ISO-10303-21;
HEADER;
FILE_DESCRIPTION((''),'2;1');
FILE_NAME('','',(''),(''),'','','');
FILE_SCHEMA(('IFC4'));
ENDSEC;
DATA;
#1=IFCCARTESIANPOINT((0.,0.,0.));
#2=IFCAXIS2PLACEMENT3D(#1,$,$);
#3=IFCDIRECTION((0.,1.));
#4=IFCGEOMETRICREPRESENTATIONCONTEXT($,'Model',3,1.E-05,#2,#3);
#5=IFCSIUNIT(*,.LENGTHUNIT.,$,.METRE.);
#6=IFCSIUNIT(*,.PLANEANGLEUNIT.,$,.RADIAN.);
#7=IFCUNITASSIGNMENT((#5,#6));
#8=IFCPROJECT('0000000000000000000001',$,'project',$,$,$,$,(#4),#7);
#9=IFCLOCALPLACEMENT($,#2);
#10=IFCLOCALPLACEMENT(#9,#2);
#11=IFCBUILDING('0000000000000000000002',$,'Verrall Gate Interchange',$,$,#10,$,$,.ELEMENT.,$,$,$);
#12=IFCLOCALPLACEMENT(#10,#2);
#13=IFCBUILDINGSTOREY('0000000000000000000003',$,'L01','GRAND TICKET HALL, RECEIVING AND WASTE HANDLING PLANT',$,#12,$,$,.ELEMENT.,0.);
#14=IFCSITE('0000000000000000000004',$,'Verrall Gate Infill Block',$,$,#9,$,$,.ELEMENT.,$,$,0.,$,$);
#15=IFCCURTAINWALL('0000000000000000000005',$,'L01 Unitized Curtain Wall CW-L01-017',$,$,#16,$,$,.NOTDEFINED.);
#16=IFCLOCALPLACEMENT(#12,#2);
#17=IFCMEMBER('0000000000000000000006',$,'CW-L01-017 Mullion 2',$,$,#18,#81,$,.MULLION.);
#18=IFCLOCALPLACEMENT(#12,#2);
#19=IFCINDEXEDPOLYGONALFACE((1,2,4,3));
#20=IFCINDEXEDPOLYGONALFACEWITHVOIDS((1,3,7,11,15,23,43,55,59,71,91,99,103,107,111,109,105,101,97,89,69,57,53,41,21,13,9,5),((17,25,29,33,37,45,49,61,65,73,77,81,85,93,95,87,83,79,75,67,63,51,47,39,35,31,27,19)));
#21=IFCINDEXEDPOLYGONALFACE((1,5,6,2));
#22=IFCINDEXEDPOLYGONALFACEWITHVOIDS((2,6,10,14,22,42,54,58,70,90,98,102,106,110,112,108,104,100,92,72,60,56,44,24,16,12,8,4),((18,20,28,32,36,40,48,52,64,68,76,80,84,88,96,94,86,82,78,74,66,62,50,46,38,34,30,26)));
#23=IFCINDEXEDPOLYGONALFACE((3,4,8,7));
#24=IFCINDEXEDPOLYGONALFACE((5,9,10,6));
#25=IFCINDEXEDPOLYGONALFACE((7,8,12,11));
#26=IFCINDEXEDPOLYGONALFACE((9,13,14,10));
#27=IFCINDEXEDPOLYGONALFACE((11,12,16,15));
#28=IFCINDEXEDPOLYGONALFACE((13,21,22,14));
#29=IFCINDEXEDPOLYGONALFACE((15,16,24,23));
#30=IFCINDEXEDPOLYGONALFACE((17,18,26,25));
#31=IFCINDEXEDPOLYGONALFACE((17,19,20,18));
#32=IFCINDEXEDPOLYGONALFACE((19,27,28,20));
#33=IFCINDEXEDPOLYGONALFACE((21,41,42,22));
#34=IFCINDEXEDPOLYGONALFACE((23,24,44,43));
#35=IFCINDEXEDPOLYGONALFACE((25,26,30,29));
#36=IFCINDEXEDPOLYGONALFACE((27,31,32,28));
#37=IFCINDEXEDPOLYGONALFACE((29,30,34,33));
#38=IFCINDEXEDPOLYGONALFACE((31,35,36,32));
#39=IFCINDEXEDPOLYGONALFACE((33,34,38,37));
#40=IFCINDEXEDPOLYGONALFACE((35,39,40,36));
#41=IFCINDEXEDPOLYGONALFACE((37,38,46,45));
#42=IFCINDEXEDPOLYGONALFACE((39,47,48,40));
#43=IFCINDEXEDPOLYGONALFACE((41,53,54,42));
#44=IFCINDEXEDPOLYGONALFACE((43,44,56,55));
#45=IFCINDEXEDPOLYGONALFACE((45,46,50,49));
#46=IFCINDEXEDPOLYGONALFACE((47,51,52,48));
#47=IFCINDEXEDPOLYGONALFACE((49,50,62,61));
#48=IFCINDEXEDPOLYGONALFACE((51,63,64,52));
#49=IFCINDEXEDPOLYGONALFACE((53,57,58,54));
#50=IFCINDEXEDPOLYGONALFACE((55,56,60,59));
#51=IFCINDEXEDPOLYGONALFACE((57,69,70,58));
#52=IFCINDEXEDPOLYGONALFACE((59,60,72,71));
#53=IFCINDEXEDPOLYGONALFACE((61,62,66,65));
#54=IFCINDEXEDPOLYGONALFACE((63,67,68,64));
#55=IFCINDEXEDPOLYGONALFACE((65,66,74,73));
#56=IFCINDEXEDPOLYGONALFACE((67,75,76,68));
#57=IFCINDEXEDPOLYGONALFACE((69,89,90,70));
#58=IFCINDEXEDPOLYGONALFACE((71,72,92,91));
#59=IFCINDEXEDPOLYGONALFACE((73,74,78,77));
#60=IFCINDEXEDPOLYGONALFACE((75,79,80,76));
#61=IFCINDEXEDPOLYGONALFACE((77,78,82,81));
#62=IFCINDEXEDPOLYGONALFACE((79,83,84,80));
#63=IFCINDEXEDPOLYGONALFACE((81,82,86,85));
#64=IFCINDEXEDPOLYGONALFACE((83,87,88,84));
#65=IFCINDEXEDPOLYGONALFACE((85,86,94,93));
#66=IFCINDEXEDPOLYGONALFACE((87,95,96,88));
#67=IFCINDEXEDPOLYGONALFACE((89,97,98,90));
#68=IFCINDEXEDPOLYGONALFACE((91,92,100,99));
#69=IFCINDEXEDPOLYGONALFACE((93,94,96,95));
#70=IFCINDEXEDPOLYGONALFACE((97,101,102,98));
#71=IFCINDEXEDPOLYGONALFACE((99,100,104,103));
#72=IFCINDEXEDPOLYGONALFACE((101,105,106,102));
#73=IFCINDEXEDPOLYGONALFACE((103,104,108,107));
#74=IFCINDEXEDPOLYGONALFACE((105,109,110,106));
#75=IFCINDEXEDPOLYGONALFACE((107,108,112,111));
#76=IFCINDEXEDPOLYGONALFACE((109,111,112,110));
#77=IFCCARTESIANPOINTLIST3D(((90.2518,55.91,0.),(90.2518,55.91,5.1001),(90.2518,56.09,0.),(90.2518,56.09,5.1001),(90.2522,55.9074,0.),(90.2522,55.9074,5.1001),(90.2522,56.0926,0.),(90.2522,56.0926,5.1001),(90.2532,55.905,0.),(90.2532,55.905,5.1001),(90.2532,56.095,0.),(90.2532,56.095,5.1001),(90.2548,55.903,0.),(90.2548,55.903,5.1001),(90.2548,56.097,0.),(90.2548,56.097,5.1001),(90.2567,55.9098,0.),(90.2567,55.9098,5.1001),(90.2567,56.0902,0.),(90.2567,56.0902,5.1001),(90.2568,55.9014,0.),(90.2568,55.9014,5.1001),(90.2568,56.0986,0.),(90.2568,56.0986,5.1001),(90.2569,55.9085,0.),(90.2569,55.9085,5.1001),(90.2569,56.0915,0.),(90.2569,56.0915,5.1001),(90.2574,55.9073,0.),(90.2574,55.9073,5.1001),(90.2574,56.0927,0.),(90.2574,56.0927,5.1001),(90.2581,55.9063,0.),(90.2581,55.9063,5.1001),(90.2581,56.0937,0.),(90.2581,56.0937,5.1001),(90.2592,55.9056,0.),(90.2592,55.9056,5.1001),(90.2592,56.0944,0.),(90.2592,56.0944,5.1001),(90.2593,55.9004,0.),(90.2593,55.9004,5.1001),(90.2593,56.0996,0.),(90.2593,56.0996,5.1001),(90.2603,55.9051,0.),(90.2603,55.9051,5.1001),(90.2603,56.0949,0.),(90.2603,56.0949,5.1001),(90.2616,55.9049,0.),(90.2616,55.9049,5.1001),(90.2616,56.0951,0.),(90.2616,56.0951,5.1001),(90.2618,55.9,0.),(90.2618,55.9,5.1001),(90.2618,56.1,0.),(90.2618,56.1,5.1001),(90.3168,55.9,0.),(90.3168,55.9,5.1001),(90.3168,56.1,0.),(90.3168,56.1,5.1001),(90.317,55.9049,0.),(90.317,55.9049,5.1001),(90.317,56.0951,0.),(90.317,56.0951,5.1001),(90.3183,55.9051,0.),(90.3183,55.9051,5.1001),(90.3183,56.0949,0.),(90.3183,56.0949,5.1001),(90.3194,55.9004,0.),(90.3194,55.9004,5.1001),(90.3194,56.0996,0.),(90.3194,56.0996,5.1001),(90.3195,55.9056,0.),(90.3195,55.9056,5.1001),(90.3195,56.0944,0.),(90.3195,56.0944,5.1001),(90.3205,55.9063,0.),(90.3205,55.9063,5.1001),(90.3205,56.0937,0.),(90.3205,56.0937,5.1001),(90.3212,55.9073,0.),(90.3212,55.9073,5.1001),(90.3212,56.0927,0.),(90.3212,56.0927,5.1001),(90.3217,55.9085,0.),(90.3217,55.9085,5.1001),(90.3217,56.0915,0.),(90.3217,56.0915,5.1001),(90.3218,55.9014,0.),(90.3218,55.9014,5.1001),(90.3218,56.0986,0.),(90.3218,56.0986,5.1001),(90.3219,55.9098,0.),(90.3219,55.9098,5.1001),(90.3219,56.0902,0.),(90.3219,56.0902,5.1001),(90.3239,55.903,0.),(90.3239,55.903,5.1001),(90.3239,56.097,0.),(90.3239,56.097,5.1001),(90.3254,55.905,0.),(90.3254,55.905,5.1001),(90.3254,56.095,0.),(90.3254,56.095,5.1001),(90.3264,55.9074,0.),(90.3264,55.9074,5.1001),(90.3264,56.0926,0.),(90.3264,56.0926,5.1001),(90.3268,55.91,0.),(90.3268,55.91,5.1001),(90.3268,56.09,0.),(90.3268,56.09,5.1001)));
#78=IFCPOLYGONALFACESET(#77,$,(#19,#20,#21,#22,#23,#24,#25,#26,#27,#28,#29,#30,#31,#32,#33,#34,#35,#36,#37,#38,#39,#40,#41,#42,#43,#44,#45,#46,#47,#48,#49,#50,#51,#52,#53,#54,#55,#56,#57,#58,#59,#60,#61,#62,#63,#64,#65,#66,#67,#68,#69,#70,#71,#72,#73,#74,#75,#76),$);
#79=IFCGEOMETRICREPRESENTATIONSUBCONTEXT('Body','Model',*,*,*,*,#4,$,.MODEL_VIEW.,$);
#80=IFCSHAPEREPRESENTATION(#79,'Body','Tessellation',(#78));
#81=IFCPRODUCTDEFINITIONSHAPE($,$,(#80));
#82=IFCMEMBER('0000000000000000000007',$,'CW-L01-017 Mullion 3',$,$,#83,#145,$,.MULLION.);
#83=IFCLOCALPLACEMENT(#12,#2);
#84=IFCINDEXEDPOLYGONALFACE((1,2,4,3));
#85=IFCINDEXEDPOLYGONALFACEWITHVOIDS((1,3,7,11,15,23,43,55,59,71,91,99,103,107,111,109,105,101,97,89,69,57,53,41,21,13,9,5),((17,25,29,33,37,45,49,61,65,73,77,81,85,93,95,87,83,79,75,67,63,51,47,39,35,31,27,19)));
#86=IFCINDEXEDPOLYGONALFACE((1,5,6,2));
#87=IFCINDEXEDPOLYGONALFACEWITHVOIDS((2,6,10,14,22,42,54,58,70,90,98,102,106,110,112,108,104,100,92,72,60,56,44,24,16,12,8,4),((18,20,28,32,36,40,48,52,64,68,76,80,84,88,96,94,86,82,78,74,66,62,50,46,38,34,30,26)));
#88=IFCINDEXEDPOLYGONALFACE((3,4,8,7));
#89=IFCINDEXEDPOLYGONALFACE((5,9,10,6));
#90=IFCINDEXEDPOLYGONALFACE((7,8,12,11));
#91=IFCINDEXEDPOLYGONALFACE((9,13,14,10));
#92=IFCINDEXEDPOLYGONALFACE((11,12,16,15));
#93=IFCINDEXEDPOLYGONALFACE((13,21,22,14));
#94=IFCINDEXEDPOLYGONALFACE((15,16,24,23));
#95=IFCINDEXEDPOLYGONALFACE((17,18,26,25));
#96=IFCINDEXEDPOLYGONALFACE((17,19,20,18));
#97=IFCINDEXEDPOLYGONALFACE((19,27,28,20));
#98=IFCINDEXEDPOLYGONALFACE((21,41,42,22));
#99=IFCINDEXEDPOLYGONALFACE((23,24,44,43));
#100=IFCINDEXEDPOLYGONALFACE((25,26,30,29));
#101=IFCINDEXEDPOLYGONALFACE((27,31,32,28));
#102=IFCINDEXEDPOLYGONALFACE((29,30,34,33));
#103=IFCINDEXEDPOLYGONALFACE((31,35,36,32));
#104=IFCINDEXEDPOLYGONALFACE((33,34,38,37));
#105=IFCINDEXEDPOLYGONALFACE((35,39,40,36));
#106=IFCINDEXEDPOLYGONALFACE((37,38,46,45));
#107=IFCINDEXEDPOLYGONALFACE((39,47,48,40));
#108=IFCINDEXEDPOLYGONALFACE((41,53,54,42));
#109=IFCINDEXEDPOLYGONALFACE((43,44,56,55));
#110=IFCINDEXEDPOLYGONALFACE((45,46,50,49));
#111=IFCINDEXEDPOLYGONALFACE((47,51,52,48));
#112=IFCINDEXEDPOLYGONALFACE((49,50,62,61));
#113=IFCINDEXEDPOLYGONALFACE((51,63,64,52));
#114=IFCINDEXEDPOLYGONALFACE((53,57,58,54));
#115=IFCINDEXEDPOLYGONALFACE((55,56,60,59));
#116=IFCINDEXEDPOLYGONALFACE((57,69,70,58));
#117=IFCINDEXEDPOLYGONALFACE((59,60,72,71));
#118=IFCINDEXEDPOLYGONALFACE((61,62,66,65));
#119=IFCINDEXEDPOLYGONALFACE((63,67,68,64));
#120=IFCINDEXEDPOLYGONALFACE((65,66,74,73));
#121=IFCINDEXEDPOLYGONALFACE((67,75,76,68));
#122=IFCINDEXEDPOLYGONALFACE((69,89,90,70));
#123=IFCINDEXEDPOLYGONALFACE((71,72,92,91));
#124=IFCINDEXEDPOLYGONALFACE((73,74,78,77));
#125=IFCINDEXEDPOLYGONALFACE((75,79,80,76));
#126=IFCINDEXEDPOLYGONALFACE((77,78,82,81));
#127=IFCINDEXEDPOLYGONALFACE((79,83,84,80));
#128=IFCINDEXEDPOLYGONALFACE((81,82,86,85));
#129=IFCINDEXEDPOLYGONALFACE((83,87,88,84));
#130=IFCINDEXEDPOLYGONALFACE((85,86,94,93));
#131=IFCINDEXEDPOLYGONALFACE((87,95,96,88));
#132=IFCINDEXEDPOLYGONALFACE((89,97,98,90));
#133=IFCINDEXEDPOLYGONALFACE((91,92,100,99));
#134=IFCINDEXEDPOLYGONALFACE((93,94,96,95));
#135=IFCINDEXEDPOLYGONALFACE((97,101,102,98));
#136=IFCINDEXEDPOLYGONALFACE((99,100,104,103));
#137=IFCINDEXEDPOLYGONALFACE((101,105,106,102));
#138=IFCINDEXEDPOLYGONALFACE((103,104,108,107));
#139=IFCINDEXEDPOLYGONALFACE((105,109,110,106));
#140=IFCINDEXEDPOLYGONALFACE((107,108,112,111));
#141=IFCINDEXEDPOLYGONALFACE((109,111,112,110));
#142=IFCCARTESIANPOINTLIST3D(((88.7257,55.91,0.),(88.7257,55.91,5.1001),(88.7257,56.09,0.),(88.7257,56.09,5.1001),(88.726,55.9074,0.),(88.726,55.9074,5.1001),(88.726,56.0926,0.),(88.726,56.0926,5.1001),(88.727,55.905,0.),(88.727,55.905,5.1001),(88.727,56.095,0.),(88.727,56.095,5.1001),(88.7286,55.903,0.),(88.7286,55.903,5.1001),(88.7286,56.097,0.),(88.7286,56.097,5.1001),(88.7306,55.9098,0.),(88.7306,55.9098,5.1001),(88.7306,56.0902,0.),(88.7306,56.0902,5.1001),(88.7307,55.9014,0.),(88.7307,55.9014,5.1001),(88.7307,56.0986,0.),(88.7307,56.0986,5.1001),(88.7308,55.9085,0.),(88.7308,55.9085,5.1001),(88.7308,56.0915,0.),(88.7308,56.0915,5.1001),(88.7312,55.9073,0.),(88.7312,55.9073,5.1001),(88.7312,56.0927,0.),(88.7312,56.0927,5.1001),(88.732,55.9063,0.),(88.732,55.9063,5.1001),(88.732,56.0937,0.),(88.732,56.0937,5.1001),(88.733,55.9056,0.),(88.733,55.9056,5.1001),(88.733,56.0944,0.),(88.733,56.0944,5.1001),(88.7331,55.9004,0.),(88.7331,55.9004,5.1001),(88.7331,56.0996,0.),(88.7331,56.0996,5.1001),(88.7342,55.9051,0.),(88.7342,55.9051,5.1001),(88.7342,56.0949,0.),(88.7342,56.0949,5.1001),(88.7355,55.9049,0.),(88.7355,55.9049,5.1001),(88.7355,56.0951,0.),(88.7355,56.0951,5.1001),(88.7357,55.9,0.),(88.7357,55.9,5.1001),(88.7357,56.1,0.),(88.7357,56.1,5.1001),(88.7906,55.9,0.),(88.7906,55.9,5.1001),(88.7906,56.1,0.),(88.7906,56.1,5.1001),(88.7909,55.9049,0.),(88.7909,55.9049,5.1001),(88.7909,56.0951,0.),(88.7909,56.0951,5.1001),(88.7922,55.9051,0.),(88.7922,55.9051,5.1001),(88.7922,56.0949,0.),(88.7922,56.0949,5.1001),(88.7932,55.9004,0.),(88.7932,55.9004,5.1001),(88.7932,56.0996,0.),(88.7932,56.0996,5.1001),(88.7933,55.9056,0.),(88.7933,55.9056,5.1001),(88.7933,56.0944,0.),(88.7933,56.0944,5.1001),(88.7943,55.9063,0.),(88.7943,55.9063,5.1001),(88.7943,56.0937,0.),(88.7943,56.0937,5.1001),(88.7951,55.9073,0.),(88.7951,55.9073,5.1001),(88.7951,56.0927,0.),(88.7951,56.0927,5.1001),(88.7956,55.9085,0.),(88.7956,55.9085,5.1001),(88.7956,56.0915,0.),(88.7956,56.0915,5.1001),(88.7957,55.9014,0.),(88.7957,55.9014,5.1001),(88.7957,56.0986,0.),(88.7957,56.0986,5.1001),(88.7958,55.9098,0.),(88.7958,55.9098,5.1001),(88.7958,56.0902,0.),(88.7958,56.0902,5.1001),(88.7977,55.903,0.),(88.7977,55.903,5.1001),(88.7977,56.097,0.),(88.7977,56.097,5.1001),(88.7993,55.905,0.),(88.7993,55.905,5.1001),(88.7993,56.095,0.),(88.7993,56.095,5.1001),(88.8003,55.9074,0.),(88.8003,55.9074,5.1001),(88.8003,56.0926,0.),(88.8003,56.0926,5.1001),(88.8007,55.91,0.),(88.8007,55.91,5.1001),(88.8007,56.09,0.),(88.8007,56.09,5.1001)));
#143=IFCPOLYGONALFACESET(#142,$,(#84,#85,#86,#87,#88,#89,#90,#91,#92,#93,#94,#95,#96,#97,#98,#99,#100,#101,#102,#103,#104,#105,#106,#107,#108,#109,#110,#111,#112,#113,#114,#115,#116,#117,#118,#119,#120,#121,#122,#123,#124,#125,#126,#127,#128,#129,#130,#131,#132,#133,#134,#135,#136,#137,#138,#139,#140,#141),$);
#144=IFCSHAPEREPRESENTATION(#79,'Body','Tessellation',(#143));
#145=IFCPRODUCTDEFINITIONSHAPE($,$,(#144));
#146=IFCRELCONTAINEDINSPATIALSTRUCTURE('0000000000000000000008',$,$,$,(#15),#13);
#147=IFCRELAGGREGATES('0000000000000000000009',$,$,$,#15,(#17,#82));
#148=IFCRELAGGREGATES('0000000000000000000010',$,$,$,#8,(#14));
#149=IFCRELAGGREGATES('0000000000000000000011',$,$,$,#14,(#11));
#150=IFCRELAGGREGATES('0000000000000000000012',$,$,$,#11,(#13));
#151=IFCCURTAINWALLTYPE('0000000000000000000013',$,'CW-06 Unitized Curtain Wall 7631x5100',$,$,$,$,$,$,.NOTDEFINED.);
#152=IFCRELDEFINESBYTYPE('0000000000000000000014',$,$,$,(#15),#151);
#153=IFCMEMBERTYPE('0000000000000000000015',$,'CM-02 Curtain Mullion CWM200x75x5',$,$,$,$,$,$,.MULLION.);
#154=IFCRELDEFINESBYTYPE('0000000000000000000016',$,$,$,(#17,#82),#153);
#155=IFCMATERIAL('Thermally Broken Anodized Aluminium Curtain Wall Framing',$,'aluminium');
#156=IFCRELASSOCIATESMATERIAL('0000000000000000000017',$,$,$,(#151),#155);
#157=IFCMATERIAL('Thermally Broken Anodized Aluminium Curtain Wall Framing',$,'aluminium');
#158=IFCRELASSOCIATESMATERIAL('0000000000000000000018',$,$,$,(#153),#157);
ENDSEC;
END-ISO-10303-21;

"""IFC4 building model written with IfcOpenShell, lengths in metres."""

from ifc_helpers import new_model, si_unit, direction, frame, origin, origin_2d, place, context, subcontext, project, spatial, hollow_rectangle, extrude, material, material_profile, profile_set, type_object, element, aggregate, save


model = new_model("IFC4")

# Units and contexts
model_context = context("Model", 3, precision=1e-05, world=origin(), true_north=direction((0.0, 1.0)))
body_context = subcontext(model_context, "Body", "Model", "MODEL_VIEW")
ifc_project = project(units=[si_unit("LENGTHUNIT", "METRE"), si_unit("PLANEANGLEUNIT", "RADIAN")], contexts=[model_context])

# Site, building, storey
site_placement = place(None, origin())
site = spatial("IfcSite", under=ifc_project, at=site_placement, Name="Verrall Gate Infill Block", CompositionType="ELEMENT", RefElevation=0.0)
building_placement = place(site_placement, origin())
building = spatial("IfcBuilding", under=site, at=building_placement, Name="Verrall Gate Interchange", CompositionType="ELEMENT")
storey_placement = place(building_placement, origin())
storey = spatial("IfcBuildingStorey", under=building, at=storey_placement, Name="L01", Description="GRAND TICKET HALL, RECEIVING AND WASTE HANDLING PLANT", CompositionType="ELEMENT", Elevation=0.0)

# Curtain wall, members
ifc_material_1 = material(Name="Thermally Broken Anodized Aluminium Curtain Wall Framing", Category="aluminium")
curtain_wall_type = type_object("IfcCurtainWallType", Name="CW-06 Unitized Curtain Wall 7631x5100", PredefinedType="NOTDEFINED", material=ifc_material_1)
curtain_wall_placement = place(storey_placement, origin())
curtain_wall = element("IfcCurtainWall", 1, at=curtain_wall_placement, inside=storey, type_object=curtain_wall_type, Name="L01 Unitized Curtain Wall CW-L01-017", PredefinedType="NOTDEFINED")
ifc_material_2 = material(Name="Thermally Broken Anodized Aluminium Curtain Wall Framing", Category="aluminium")
ifc_material_profile_1 = material_profile(ifc_material_2, hollow_rectangle(XDim=0.075, YDim=0.2, WallThickness=0.0049, InnerFilletRadius=0.0049, OuterFilletRadius=0.01, at=origin_2d()), Name="CWM200x75x5")
ifc_profile_set_1 = profile_set([ifc_material_profile_1], Name="Thermally Broken Anodized Aluminium Curtain Wall Framing")
member_type_1 = type_object("IfcMemberType", Name="CM-02 Curtain Mullion CWM200x75x5", PredefinedType="MULLION", material=ifc_profile_set_1)
member_1_placement = place(storey_placement, frame((90.2893, 56.0, 0.0), z_axis=(0.0, 0.0, 1.0), x_axis=(-1.0, 0.0, 0.0)))
member_1 = element("IfcMember", 2, at=member_1_placement, type_object=member_type_1, Name="CW-L01-017 Mullion 2", PredefinedType="MULLION", context=body_context, shape_type="SweptSolid", body=[
    extrude(hollow_rectangle(XDim=0.075, YDim=0.2, WallThickness=0.0049, InnerFilletRadius=0.0049, OuterFilletRadius=0.01, at=origin_2d()), origin(), (0.0, 0.0, 1.0), 5.1001),
])
member_2_placement = place(storey_placement, frame((88.7632, 56.0, 0.0), z_axis=(0.0, 0.0, 1.0), x_axis=(-1.0, 0.0, 0.0)))
member_2 = element("IfcMember", 3, at=member_2_placement, type_object=member_type_1, Name="CW-L01-017 Mullion 3", PredefinedType="MULLION", context=body_context, shape_type="SweptSolid", body=[
    extrude(hollow_rectangle(XDim=0.075, YDim=0.2, WallThickness=0.0049, InnerFilletRadius=0.0049, OuterFilletRadius=0.01, at=origin_2d()), origin(), (0.0, 0.0, 1.0), 5.1001),
])

aggregate(curtain_wall, [member_1, member_2])

save(model, "model.ifc")
